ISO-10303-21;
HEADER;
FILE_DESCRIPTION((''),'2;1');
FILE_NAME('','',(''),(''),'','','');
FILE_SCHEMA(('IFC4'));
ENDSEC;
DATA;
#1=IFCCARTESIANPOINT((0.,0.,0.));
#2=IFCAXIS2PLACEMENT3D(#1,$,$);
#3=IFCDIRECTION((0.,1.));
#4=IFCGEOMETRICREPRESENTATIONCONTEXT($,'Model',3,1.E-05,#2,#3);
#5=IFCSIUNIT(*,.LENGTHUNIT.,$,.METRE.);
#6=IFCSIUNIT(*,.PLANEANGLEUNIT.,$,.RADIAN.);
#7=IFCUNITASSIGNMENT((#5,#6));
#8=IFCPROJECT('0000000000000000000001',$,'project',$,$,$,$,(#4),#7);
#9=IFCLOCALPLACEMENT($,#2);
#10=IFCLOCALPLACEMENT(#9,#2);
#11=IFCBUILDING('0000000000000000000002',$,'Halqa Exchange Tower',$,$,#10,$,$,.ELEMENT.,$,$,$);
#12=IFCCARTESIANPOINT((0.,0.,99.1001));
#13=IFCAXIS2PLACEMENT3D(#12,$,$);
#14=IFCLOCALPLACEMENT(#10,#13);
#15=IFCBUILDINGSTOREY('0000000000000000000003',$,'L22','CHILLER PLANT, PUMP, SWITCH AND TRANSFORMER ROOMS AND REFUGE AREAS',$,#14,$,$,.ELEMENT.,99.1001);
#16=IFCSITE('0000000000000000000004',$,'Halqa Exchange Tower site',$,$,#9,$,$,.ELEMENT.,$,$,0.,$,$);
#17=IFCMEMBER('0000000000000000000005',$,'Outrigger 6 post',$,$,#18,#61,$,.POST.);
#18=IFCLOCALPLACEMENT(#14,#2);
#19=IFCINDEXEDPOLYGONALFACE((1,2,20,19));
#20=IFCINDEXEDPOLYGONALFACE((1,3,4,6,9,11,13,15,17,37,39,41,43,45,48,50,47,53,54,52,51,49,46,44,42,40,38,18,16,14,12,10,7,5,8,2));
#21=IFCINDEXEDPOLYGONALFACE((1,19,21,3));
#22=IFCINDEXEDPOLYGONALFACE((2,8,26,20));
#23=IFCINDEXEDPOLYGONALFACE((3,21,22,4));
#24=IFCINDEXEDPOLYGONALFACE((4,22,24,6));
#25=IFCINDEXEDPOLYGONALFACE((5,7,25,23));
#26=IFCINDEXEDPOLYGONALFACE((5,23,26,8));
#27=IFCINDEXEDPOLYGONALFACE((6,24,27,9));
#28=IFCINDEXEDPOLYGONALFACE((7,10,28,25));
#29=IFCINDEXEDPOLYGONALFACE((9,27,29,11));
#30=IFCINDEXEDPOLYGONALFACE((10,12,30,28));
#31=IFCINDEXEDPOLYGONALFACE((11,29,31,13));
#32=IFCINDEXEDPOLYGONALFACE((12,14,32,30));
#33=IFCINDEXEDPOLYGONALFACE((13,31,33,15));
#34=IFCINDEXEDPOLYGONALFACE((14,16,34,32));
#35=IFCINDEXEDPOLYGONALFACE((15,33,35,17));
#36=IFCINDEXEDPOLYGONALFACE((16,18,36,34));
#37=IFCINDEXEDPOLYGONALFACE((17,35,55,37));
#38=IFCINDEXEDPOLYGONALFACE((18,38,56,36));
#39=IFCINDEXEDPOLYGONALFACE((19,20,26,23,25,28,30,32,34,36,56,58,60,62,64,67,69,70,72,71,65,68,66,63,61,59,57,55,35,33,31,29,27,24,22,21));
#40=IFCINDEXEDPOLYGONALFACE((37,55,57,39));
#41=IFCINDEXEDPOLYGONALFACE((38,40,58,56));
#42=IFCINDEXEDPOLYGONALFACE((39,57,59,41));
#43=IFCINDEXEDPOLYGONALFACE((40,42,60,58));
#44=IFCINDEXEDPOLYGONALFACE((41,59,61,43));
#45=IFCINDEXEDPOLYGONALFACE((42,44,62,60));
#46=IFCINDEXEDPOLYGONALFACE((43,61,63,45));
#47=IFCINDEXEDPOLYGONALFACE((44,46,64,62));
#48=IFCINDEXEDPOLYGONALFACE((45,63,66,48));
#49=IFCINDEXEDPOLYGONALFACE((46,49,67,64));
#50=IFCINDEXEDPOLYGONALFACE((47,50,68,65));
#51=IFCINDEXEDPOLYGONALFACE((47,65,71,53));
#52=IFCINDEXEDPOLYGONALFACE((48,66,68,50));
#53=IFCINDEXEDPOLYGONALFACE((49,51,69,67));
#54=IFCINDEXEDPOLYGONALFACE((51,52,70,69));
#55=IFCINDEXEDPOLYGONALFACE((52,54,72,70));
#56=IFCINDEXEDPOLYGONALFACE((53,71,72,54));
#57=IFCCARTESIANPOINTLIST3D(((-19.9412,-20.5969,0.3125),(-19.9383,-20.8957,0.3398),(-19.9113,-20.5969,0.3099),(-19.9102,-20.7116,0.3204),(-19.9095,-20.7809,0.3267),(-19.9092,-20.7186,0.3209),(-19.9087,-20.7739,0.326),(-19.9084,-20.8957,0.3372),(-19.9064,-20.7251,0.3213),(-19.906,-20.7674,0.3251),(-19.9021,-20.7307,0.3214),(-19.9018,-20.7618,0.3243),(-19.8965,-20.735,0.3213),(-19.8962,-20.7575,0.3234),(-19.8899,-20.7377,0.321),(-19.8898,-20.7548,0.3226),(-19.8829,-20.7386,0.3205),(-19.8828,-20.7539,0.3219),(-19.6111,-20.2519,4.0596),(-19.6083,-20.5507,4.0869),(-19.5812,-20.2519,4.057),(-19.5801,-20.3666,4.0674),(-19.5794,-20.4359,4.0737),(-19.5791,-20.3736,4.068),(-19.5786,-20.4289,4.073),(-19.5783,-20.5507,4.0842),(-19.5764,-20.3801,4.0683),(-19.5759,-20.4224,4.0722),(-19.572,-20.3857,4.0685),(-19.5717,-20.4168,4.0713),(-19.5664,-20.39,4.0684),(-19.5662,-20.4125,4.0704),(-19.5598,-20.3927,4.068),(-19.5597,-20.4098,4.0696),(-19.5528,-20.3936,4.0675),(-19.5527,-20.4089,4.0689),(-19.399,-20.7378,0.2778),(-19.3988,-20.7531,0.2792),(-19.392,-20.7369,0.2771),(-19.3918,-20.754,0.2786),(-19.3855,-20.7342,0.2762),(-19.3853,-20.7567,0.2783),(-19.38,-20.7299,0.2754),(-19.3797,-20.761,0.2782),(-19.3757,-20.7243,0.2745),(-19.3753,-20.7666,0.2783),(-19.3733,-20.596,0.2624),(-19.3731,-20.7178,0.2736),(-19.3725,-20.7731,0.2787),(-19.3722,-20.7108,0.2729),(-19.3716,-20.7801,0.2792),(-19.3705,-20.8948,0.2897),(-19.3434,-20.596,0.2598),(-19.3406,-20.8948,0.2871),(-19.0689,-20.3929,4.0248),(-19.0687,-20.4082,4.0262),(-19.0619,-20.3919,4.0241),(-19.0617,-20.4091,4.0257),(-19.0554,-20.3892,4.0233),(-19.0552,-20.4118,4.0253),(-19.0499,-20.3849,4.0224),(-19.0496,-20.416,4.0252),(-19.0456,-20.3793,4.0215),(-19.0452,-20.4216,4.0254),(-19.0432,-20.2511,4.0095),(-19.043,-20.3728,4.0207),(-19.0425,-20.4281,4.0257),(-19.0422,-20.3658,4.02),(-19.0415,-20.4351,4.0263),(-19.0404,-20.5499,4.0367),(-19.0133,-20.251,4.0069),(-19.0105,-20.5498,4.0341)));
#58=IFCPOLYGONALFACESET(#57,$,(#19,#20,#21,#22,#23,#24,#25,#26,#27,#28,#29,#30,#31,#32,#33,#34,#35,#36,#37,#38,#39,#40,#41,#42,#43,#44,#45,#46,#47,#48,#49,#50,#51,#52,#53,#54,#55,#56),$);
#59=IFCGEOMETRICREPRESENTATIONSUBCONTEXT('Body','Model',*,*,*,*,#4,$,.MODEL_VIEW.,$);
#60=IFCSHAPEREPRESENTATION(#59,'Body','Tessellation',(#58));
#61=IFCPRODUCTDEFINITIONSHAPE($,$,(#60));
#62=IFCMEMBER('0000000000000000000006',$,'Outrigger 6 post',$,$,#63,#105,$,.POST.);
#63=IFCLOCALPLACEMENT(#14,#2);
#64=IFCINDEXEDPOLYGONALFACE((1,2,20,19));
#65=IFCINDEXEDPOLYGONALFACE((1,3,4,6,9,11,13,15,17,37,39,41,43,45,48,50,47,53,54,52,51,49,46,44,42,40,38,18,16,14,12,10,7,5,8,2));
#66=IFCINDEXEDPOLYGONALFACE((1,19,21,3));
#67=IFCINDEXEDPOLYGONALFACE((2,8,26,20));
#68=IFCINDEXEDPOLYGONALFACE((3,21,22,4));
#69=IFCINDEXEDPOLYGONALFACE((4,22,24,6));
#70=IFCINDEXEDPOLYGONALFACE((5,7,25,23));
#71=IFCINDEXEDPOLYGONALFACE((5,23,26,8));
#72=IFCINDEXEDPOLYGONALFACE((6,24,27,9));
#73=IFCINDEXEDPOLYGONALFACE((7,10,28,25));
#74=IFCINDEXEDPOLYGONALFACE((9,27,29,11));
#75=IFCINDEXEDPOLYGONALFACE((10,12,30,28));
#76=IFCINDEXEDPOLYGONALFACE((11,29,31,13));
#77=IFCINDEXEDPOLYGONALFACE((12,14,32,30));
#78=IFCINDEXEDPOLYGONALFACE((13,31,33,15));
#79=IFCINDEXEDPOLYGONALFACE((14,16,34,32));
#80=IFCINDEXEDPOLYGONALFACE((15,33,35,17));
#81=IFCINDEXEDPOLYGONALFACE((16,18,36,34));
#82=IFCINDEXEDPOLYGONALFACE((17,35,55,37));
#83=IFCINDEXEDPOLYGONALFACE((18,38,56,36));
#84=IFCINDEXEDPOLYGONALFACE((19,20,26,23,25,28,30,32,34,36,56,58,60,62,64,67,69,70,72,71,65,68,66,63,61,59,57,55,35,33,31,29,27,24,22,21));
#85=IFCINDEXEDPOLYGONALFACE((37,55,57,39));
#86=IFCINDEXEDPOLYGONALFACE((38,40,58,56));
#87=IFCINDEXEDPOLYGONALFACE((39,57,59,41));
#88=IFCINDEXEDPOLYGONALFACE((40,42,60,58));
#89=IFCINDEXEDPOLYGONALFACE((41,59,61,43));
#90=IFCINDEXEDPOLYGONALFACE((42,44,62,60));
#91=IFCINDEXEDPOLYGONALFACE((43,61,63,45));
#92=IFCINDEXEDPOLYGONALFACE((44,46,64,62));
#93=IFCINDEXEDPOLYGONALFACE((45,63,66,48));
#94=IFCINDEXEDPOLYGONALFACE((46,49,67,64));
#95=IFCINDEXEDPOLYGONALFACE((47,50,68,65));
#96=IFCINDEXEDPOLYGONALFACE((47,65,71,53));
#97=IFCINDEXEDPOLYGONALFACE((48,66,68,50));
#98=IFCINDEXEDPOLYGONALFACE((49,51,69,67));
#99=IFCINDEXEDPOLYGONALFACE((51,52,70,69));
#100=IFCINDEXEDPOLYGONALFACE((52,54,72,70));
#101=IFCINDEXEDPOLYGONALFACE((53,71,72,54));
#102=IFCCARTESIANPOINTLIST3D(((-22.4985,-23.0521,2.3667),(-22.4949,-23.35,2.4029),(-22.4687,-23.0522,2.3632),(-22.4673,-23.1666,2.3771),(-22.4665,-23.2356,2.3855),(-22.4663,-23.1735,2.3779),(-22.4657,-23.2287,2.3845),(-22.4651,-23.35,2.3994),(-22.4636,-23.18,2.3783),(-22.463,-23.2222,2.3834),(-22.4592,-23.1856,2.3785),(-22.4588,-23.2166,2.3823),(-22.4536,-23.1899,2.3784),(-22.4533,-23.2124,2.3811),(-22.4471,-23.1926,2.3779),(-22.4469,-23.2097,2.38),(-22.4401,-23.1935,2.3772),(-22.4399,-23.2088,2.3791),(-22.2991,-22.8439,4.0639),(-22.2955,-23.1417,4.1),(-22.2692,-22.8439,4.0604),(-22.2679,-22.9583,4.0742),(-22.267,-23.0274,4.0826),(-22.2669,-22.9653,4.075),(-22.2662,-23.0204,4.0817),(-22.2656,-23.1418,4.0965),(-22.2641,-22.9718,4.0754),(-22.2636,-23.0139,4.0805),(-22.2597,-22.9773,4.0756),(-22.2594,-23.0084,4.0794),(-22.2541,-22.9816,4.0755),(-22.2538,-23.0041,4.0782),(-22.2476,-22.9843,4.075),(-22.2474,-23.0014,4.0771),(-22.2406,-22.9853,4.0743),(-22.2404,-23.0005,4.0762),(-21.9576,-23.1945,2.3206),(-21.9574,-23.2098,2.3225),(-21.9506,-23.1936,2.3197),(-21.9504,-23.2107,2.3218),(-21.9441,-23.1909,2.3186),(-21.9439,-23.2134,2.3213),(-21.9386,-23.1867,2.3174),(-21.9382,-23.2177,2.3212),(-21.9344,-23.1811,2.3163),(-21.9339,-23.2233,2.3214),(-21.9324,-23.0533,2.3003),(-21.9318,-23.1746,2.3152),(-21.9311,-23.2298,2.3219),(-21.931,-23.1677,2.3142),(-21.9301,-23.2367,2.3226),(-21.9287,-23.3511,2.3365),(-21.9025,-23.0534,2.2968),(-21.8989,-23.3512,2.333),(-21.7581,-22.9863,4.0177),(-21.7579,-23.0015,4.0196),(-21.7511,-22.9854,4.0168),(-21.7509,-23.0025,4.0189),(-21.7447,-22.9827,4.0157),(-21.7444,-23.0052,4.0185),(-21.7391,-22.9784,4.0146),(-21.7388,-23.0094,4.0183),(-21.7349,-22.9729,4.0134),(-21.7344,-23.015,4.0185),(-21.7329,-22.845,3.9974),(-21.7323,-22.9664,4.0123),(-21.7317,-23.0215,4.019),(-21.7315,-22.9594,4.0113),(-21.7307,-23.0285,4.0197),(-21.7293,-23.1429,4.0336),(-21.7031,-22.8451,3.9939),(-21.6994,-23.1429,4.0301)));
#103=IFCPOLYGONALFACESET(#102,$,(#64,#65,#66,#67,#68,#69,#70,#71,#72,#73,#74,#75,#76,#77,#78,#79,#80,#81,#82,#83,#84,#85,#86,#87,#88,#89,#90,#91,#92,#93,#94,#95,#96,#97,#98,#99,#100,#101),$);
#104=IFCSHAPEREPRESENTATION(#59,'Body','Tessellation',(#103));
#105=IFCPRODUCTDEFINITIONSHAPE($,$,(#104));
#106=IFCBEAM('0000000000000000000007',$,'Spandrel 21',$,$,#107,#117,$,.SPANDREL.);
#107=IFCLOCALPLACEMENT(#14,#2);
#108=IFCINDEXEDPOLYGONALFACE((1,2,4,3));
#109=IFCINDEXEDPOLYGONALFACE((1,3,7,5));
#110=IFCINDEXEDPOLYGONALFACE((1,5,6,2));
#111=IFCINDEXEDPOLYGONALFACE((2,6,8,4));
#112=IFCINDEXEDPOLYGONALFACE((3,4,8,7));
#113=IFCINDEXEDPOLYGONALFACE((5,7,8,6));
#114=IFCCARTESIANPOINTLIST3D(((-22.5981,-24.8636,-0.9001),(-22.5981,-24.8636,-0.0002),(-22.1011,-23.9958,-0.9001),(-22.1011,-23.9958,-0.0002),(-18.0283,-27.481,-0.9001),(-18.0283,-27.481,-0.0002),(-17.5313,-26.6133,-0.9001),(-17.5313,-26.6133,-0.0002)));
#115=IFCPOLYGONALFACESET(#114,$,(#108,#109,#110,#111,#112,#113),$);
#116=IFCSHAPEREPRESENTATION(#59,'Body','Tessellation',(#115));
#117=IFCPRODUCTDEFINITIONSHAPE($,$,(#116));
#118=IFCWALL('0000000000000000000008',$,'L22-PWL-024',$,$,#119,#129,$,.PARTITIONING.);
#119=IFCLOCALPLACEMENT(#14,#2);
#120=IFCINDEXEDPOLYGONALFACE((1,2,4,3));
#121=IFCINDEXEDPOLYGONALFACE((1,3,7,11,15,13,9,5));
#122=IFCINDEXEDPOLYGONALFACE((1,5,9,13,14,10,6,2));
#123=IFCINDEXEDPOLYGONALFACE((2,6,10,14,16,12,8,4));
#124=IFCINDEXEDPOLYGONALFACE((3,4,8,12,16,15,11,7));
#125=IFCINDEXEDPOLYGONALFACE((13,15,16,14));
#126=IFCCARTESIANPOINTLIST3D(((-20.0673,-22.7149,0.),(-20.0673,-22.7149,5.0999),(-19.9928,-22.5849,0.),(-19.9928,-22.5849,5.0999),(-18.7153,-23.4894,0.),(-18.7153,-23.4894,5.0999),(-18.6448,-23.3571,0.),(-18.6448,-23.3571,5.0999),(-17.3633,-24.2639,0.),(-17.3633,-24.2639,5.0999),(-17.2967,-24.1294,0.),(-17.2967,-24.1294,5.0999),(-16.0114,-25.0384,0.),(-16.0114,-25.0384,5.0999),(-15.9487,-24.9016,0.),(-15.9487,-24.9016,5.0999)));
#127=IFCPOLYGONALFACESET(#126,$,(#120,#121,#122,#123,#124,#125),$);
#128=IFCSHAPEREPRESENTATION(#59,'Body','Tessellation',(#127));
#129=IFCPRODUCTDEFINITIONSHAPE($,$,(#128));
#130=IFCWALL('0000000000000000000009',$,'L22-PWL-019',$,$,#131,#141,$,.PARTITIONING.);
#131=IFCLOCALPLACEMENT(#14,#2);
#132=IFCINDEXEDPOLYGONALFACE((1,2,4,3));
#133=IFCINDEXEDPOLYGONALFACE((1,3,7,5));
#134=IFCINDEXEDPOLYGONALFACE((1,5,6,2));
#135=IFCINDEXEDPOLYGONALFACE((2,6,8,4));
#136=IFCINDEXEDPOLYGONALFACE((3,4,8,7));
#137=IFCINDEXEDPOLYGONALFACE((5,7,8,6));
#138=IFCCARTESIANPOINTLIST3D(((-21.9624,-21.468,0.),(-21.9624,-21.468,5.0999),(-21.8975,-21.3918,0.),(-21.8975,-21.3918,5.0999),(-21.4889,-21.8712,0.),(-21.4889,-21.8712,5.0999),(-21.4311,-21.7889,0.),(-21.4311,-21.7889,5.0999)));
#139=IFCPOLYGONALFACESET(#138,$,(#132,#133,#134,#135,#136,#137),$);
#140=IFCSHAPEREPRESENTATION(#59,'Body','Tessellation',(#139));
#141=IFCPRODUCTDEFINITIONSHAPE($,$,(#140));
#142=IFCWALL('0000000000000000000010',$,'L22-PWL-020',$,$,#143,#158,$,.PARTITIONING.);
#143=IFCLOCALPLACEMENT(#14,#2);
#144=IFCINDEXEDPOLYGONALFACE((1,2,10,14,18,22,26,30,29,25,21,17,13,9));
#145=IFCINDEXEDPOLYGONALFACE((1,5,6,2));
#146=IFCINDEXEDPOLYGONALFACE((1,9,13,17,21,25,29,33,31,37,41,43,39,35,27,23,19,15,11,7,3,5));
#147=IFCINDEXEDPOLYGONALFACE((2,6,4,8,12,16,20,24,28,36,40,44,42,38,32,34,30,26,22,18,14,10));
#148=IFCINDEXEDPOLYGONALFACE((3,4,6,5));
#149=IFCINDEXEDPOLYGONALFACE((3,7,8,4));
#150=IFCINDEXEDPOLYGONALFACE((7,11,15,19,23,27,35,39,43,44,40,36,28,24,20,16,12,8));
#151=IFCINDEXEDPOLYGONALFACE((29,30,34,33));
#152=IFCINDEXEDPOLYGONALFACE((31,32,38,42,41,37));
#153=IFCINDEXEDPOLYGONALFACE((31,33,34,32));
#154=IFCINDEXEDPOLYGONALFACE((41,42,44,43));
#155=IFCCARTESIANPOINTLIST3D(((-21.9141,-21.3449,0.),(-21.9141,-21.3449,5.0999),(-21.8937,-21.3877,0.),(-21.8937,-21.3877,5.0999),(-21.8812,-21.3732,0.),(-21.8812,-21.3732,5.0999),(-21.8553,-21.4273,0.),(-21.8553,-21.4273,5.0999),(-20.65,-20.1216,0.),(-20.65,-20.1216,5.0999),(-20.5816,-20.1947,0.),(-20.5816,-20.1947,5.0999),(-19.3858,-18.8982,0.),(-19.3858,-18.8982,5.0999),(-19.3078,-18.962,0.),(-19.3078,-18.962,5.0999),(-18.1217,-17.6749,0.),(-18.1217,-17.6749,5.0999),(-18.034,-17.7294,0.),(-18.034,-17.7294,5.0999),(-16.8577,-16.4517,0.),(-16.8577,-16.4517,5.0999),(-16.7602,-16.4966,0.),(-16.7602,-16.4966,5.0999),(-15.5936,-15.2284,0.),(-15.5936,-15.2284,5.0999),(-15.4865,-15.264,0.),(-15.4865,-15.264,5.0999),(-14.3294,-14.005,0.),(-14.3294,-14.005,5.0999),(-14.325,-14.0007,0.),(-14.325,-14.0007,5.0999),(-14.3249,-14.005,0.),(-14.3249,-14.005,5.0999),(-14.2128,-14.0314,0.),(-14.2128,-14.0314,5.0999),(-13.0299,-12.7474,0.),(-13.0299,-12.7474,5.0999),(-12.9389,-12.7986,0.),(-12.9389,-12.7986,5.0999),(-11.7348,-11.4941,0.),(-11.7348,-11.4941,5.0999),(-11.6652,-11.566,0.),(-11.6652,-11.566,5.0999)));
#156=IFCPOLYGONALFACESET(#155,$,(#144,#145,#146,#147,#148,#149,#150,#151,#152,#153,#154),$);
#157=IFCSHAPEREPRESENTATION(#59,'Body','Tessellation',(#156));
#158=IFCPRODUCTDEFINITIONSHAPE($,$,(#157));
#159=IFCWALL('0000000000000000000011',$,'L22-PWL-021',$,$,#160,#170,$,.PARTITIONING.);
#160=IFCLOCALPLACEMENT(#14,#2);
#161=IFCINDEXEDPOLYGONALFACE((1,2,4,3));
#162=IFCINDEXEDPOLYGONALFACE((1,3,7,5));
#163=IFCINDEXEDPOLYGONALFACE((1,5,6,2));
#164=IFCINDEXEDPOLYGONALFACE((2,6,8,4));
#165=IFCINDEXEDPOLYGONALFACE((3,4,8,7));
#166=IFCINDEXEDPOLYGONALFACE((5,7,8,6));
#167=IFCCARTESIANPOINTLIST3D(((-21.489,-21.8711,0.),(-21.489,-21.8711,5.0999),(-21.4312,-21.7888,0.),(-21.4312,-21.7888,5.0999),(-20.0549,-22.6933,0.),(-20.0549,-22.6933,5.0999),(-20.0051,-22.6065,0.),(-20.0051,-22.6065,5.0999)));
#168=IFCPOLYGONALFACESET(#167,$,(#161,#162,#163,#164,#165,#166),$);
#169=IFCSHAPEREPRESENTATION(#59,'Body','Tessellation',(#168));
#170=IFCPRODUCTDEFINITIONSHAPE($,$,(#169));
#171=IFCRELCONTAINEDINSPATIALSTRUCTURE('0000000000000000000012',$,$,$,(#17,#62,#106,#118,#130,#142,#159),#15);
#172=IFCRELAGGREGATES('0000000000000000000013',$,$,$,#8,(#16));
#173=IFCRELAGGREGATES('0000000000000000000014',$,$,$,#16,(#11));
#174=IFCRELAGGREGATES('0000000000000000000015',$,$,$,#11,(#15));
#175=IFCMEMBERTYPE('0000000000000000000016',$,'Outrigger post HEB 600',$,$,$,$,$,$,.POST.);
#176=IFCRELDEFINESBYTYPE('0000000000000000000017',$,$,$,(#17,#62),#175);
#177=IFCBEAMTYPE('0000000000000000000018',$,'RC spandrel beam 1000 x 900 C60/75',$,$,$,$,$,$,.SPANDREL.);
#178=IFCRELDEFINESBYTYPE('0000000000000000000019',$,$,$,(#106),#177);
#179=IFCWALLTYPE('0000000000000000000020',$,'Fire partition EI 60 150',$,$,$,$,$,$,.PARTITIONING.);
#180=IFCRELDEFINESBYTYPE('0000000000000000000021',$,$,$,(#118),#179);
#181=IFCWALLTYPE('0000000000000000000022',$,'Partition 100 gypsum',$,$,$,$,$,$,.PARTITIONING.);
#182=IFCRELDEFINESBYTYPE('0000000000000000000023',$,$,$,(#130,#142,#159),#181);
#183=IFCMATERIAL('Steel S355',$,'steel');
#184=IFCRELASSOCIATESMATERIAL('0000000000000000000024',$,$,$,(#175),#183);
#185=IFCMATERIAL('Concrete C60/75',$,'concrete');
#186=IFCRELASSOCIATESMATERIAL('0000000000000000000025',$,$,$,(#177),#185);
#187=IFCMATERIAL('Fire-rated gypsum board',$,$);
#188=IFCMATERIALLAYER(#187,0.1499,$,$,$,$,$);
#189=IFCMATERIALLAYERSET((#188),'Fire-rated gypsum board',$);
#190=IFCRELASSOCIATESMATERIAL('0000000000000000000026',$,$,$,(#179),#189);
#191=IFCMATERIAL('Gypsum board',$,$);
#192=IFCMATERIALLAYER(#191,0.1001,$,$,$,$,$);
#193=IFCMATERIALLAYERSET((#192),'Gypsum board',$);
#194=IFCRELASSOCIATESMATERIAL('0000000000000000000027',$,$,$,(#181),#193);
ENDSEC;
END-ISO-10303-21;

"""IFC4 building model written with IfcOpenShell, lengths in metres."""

from ifc_helpers import new_model, si_unit, direction, frame, origin, origin_2d, place, context, subcontext, project, spatial, polyline, rectangle, i_section, outline, extrude, material, layer, layer_set, material_profile, profile_set, type_object, element, save


model = new_model("IFC4")

# Units and contexts
model_context = context("Model", 3, precision=1e-05, world=origin(), true_north=direction((0.0, 1.0)))
body_context = subcontext(model_context, "Body", "Model", "MODEL_VIEW")
ifc_project = project(units=[si_unit("LENGTHUNIT", "METRE"), si_unit("PLANEANGLEUNIT", "RADIAN")], contexts=[model_context])

# Site, building, storey
site_placement = place(None, origin())
site = spatial("IfcSite", under=ifc_project, at=site_placement, Name="Halqa Exchange Tower site", CompositionType="ELEMENT", RefElevation=0.0)
building_placement = place(site_placement, origin())
building = spatial("IfcBuilding", under=site, at=building_placement, Name="Halqa Exchange Tower", CompositionType="ELEMENT")
storey_placement = place(building_placement, frame((0.0, 0.0, 99.1001)))
storey = spatial("IfcBuildingStorey", under=building, at=storey_placement, Name="L22", Description="CHILLER PLANT, PUMP, SWITCH AND TRANSFORMER ROOMS AND REFUGE AREAS", CompositionType="ELEMENT", Elevation=99.1001)

# Members
ifc_material_1 = material(Name="Steel S355", Category="steel")
ifc_material_profile_1 = material_profile(ifc_material_1, i_section(OverallWidth=0.3, OverallDepth=0.6001, WebThickness=0.0154, FlangeThickness=0.03, FilletRadius=0.0271, at=origin_2d()), Name="HEB 600")
ifc_profile_set_1 = profile_set([ifc_material_profile_1], Name="Steel S355")
member_type_1 = type_object("IfcMemberType", Name="Outrigger post HEB 600", PredefinedType="POST", material=ifc_profile_set_1)
member_1_placement = place(storey_placement, frame((-19.6409, -20.7458, 0.2998), z_axis=(0.087383, 0.091326, 0.99198), x_axis=(-0.009532, 0.99582, -0.09084)))
element("IfcMember", 1, at=member_1_placement, inside=storey, type_object=member_type_1, Name="Outrigger 6 post", PredefinedType="POST", context=body_context, shape_type="SweptSolid", body=[
    extrude(i_section(OverallWidth=0.3, OverallDepth=0.6001, WebThickness=0.0154, FlangeThickness=0.03, FilletRadius=0.0271, at=origin_2d()), origin(), (0.0, 0.0, 1.0), 3.7773),
])
member_2_placement = place(storey_placement, frame((-22.1987, -23.2017, 2.3499), z_axis=(0.115876, 0.120982, 0.985868), x_axis=(-0.012068, 0.992653, -0.120396)))
element("IfcMember", 2, at=member_2_placement, inside=storey, type_object=member_type_1, Name="Outrigger 6 post", PredefinedType="POST", context=body_context, shape_type="SweptSolid", body=[
    extrude(i_section(OverallWidth=0.3, OverallDepth=0.6001, WebThickness=0.0154, FlangeThickness=0.03, FilletRadius=0.0271, at=origin_2d()), origin(), (0.0, 0.0, 1.0), 1.7214),
])

# Beam
ifc_material_2 = material(Name="Concrete C60/75", Category="concrete")
ifc_material_profile_2 = material_profile(ifc_material_2, rectangle(XDim=1.0, YDim=0.8999, at=origin_2d()), Name="1000 x 900")
ifc_profile_set_2 = profile_set([ifc_material_profile_2], Name="Concrete C60/75")
beam_type = type_object("IfcBeamType", Name="RC spandrel beam 1000 x 900 C60/75", PredefinedType="SPANDREL", material=ifc_profile_set_2)
beam_placement = place(storey_placement, frame((-22.3496, -24.4297, -0.4502), z_axis=(0.867743, -0.497012, 0.0), x_axis=(0.497012, 0.867743, 0.0)))
element("IfcBeam", 3, at=beam_placement, inside=storey, type_object=beam_type, Name="Spandrel 21", PredefinedType="SPANDREL", context=body_context, shape_type="SweptSolid", body=[
    extrude(rectangle(XDim=1.0, YDim=0.8999, at=origin_2d()), origin(), (0.0, 0.0, 1.0), 5.2664),
])

# Walls
ifc_material_3 = material(Name="Fire-rated gypsum board")
ifc_layer_1 = layer(ifc_material_3, 0.1499)
ifc_layer_set_1 = layer_set([ifc_layer_1], Name="Fire-rated gypsum board")
wall_type_1 = type_object("IfcWallType", Name="Fire partition EI 60 150", PredefinedType="PARTITIONING", material=ifc_layer_set_1)
wall_1_placement = place(storey_placement, frame((-20.03, -22.6499, 0.0), z_axis=(0.0, 0.0, 1.0), x_axis=(0.867706, -0.497078, 0.0)))
element("IfcWall", 4, at=wall_1_placement, inside=storey, type_object=wall_type_1, Name="L22-PWL-024", PredefinedType="PARTITIONING", context=body_context, shape_type="SweptSolid", body=[
    extrude(outline(polyline([(0.0, -0.075), (1.5581, -0.075), (3.1162, -0.075), (4.6743, -0.075), (4.6606, 0.075), (3.1072, 0.075), (1.5535, 0.075), (0.0, 0.075), (0.0, -0.075)])), origin(), (0.0, 0.0, 1.0), 5.0999),
])
ifc_material_4 = material(Name="Gypsum board")
ifc_layer_2 = layer(ifc_material_4, 0.1001)
ifc_layer_set_2 = layer_set([ifc_layer_2], Name="Gypsum board")
wall_type_2 = type_object("IfcWallType", Name="Partition 100 gypsum", PredefinedType="PARTITIONING", material=ifc_layer_set_2)
wall_2_placement = place(storey_placement, frame((-21.9299, -21.4299, 0.0), z_axis=(0.0, 0.0, 1.0), x_axis=(0.761387, -0.648298, 0.0)))
element("IfcWall", 5, at=wall_2_placement, inside=storey, type_object=wall_type_2, Name="L22-PWL-019", PredefinedType="PARTITIONING", context=body_context, shape_type="SweptSolid", body=[
    extrude(outline(polyline([(0.0, -0.05), (0.6218, -0.05), (0.6125, 0.05), (0.0, 0.05), (0.0, -0.05)])), origin(), (0.0, 0.0, 1.0), 5.0999),
])
wall_3_placement = place(storey_placement, frame((-21.8901, -21.3914, 0.0), z_axis=(0.0, 0.0, 1.0), x_axis=(0.718607, 0.695416, 0.0)))
element("IfcWall", 6, at=wall_3_placement, inside=storey, type_object=wall_type_2, Name="L22-PWL-020", PredefinedType="PARTITIONING", context=body_context, shape_type="SweptSolid", body=[
    extrude(outline(polyline([(14.1804, 0.05), (12.3782, 0.05), (10.5759, 0.05), (10.573, 0.0469), (10.5698, 0.05), (8.8105, 0.05), (7.0515, 0.05), (5.2925, 0.05), (3.5334, 0.05), (1.7742, 0.05), (0.0151, 0.05), (0.019, 0.0068), (0.0, 0.0051), (0.0, -0.05), (1.7725, -0.05), (3.5452, -0.05), (5.3176, -0.05), (7.0903, -0.05), (8.8628, -0.05), (10.6353, -0.05), (12.408, -0.05), (14.1804, -0.05), (14.1804, 0.05)])), origin(), (0.0, 0.0, 1.0), 5.0999),
])
wall_4_placement = place(storey_placement, frame((-21.4641, -21.8276, 0.0), z_axis=(0.0, 0.0, 1.0), x_axis=(0.867515, -0.497411, 0.0)))
element("IfcWall", 7, at=wall_4_placement, inside=storey, type_object=wall_type_2, Name="L22-PWL-021", PredefinedType="PARTITIONING", context=body_context, shape_type="SweptSolid", body=[
    extrude(outline(polyline([(1.6531, 0.05), (0.0093, 0.05), (0.0, -0.05), (1.6531, -0.05), (1.6531, 0.05)])), origin(), (0.0, 0.0, 1.0), 5.0999),
])

save(model, "model.ifc")
